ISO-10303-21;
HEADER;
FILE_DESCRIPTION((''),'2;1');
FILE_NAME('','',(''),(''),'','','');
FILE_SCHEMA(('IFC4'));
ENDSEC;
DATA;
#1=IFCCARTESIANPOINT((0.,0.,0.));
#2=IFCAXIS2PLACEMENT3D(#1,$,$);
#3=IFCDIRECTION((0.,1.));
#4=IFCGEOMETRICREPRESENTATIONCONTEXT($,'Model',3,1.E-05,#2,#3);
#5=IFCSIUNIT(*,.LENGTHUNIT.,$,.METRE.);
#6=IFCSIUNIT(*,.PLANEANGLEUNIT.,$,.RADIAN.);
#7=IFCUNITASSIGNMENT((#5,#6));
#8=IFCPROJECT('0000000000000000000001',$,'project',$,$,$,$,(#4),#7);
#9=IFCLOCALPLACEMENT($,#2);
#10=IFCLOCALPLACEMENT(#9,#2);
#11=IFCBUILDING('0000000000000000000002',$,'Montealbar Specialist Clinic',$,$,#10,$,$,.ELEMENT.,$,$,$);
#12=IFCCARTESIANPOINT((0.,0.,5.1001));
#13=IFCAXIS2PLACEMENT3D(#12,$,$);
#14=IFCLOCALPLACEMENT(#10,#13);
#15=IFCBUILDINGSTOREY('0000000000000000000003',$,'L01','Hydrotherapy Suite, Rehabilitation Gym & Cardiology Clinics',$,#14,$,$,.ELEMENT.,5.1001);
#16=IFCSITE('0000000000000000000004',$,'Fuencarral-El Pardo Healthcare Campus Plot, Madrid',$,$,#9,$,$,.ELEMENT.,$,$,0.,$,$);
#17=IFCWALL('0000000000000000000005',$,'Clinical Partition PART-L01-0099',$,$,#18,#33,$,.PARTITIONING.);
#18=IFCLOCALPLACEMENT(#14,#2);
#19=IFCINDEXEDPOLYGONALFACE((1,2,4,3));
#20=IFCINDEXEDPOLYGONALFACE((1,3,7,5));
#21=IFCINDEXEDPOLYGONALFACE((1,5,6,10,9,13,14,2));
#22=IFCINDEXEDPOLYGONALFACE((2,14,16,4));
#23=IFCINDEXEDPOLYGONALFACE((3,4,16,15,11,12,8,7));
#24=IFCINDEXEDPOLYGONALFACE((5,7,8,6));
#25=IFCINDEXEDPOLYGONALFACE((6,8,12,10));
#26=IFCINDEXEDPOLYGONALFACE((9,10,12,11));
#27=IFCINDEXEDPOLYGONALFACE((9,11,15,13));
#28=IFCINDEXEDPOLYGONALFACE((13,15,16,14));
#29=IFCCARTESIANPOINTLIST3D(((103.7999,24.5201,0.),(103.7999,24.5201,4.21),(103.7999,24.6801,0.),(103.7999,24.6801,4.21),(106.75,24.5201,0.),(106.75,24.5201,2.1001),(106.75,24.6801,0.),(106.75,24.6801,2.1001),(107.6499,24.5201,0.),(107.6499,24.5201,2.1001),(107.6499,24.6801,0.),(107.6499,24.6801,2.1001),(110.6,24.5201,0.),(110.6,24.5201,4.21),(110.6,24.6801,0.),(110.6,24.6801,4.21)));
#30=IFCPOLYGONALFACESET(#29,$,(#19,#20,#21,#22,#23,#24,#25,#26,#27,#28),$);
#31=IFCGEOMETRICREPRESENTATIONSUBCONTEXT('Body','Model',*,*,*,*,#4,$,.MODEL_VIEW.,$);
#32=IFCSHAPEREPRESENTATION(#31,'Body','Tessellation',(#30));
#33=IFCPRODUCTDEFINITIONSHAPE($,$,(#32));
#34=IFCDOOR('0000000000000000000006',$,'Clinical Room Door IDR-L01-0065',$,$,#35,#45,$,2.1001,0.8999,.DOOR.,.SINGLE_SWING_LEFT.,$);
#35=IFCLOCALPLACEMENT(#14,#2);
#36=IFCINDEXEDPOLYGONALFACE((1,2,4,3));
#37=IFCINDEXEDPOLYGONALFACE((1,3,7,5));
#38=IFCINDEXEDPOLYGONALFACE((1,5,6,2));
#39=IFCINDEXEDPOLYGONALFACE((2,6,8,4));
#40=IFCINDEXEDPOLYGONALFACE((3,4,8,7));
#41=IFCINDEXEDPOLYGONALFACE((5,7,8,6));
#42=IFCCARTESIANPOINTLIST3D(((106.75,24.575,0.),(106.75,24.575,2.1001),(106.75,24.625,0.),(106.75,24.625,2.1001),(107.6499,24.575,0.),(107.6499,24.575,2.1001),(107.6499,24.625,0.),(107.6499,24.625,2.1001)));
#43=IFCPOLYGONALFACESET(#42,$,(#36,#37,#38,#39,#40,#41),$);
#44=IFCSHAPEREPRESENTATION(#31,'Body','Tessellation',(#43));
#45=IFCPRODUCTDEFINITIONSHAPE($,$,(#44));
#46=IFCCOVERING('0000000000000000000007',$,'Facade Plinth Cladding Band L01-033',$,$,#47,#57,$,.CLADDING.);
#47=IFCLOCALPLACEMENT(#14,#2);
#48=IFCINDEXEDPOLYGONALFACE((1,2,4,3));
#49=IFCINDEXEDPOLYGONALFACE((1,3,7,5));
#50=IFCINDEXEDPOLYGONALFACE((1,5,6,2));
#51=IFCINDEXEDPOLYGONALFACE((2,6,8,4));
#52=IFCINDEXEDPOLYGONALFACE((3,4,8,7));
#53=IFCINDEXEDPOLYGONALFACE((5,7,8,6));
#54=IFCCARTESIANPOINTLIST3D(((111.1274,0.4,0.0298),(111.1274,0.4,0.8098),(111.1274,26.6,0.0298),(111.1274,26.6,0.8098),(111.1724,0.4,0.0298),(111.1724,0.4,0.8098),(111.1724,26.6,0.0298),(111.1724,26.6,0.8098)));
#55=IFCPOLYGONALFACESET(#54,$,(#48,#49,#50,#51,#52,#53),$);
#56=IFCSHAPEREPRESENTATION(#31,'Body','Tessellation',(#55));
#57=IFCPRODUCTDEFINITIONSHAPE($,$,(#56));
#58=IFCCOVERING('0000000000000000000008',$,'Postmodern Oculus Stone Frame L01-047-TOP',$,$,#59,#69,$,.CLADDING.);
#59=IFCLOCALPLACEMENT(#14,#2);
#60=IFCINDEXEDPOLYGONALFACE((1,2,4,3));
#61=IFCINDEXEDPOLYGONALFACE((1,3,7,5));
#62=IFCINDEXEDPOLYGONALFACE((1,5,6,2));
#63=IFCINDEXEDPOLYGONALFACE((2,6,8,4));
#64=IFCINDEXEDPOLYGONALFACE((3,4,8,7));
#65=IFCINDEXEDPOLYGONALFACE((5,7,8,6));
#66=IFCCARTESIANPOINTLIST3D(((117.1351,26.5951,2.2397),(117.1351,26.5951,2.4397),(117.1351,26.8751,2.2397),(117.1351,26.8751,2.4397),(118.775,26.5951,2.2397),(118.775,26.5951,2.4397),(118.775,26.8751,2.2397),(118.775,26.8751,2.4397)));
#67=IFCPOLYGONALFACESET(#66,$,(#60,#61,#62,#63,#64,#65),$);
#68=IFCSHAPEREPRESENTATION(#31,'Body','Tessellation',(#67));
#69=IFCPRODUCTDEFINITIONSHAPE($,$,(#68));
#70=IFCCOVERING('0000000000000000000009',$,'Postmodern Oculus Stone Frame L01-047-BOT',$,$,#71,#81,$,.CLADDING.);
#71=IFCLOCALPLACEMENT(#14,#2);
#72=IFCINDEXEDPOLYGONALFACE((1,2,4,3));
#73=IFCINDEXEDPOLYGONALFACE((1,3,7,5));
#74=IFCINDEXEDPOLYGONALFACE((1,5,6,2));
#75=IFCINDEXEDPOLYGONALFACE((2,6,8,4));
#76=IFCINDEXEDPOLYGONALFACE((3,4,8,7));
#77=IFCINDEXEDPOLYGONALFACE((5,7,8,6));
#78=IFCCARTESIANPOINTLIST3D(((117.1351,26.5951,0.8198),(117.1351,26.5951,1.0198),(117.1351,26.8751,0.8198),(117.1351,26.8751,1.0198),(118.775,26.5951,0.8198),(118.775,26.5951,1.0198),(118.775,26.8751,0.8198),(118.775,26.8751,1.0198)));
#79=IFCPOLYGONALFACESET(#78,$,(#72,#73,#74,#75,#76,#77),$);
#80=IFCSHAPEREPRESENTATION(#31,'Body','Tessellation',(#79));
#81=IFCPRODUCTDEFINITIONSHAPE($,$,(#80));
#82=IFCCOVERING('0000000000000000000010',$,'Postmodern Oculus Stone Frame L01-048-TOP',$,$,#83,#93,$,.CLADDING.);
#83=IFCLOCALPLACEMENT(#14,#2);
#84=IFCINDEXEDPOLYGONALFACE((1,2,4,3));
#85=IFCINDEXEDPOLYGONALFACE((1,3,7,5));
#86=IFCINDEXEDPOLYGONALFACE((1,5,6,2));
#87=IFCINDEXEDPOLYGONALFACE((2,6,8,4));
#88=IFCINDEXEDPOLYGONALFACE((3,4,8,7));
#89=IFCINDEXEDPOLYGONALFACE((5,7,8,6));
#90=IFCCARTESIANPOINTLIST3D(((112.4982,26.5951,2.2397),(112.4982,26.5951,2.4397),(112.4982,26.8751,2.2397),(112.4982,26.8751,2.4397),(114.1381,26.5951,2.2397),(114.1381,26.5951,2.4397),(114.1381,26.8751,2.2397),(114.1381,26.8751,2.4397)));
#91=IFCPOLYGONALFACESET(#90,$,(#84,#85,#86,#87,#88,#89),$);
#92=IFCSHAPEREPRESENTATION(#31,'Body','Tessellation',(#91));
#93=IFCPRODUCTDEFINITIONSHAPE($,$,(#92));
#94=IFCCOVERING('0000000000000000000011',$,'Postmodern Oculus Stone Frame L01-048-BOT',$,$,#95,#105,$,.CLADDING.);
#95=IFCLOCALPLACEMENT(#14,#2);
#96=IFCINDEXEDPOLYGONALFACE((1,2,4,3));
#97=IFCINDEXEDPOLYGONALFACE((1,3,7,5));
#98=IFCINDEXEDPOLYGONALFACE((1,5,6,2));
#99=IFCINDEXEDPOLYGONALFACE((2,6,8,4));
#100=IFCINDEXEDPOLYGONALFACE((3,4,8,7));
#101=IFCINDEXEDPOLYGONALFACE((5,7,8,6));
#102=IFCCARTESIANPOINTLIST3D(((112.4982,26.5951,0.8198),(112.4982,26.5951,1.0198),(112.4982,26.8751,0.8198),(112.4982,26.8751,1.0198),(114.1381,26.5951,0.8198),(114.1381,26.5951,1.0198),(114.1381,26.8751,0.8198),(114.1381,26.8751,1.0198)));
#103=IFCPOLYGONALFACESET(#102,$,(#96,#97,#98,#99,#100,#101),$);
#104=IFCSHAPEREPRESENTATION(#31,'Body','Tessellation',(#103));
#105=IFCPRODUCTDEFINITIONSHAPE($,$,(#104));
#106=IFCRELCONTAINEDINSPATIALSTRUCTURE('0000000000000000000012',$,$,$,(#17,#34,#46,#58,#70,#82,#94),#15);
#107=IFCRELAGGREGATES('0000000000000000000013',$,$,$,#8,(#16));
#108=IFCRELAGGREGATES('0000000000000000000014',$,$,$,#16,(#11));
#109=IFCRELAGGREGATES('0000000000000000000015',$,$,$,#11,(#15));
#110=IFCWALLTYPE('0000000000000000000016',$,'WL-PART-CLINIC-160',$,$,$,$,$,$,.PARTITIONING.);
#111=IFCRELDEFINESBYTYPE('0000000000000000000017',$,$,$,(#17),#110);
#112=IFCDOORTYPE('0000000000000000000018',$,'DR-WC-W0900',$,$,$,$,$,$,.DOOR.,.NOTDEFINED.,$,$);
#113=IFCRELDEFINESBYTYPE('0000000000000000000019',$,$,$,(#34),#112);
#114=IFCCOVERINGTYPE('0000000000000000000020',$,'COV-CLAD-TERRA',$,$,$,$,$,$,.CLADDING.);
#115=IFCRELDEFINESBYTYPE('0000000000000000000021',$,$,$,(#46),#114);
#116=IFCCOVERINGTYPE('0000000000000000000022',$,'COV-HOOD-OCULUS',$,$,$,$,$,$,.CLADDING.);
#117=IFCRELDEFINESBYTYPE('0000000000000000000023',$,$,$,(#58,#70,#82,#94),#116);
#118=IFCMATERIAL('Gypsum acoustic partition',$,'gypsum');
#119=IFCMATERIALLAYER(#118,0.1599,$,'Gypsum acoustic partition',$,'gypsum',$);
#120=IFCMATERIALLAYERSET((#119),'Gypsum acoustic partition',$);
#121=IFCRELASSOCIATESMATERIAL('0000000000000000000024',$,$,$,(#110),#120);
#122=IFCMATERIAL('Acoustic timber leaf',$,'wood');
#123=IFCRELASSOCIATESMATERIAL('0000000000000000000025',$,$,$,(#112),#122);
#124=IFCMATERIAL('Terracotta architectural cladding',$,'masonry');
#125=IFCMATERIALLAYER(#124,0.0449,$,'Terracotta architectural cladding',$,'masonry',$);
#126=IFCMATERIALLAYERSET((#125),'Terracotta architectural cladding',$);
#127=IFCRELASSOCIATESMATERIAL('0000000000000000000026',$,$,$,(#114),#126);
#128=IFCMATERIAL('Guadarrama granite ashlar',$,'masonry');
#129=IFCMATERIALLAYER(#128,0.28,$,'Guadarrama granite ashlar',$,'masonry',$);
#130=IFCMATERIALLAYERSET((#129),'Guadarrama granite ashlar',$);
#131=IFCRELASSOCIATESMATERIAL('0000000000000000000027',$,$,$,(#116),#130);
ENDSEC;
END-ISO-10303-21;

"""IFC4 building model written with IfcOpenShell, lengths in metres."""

from ifc_helpers import new_model, si_unit, direction, frame, frame_2d, origin, origin_2d, place, context, subcontext, project, spatial, rectangle, extrude, material, layer, layer_set, type_object, element, fill, save


model = new_model("IFC4")

# Units and contexts
model_context = context("Model", 3, precision=1e-05, world=origin(), true_north=direction((0.0, 1.0)))
body_context = subcontext(model_context, "Body", "Model", "MODEL_VIEW")
ifc_project = project(units=[si_unit("LENGTHUNIT", "METRE"), si_unit("PLANEANGLEUNIT", "RADIAN")], contexts=[model_context])

# Site, building, storey
site_placement = place(None, origin())
site = spatial("IfcSite", under=ifc_project, at=site_placement, Name="Fuencarral-El Pardo Healthcare Campus Plot, Madrid", CompositionType="ELEMENT", RefElevation=0.0)
building_placement = place(site_placement, origin())
building = spatial("IfcBuilding", under=site, at=building_placement, Name="Montealbar Specialist Clinic", CompositionType="ELEMENT")
storey_placement = place(building_placement, frame((0.0, 0.0, 5.1001)))
storey = spatial("IfcBuildingStorey", under=building, at=storey_placement, Name="L01", Description="Hydrotherapy Suite, Rehabilitation Gym & Cardiology Clinics", CompositionType="ELEMENT", Elevation=5.1001)

# Shared definitions
ifc_material_1 = material(Name="Terracotta architectural cladding", Category="masonry")

# Wall, opening, door
ifc_material_2 = material(Name="Gypsum acoustic partition", Category="gypsum")
ifc_layer_1 = layer(ifc_material_2, 0.1599, Name="Gypsum acoustic partition", Category="gypsum")
ifc_layer_set_1 = layer_set([ifc_layer_1], Name="Gypsum acoustic partition")
wall_type_1 = type_object("IfcWallType", Name="WL-PART-CLINIC-160", PredefinedType="PARTITIONING", material=ifc_layer_set_1)
wall_1_placement = place(storey_placement, frame((103.8, 24.6001, 0.0), z_axis=(0.0, 0.0, 1.0), x_axis=(1.0, 0.0, 0.0)))
wall_1 = element("IfcWall", 1, at=wall_1_placement, inside=storey, type_object=wall_type_1, Name="Clinical Partition PART-L01-0099", PredefinedType="PARTITIONING", context=body_context, shape_type="SweptSolid", body=[
    extrude(rectangle(XDim=6.8, YDim=0.1599, at=frame_2d((3.3999, 0.0))), origin(), (0.0, 0.0, 1.0), 4.21),
])
opening_1_placement = place(wall_1_placement, frame((2.95, 0.0, 0.0)))
opening_1 = element("IfcOpeningElement", 2, at=opening_1_placement, cuts=wall_1, PredefinedType="OPENING", context=body_context, shape_type="SweptSolid", body=[
    extrude(rectangle(XDim=0.8999, YDim=2.1001, at=frame_2d((0.45, 1.05))), frame((0.0, 0.0898, 0.0), z_axis=(0.0, -1.0, 0.0), x_axis=(1.0, 0.0, 0.0)), (0.0, 0.0, 1.0), 0.1799),
])
ifc_material_3 = material(Name="Acoustic timber leaf", Category="wood")
door_type = type_object("IfcDoorType", Name="DR-WC-W0900", OperationType="NOTDEFINED", PredefinedType="DOOR", material=ifc_material_3)
door_placement = place(opening_1_placement, origin())
door = element("IfcDoor", 3, at=door_placement, inside=storey, type_object=door_type, Name="Clinical Room Door IDR-L01-0065", OperationType="SINGLE_SWING_LEFT", OverallHeight=2.1001, OverallWidth=0.8999, PredefinedType="DOOR", context=body_context, shape_type="SweptSolid", body=[
    extrude(rectangle(XDim=0.8999, YDim=2.1001, at=frame_2d((0.45, 1.05))), frame((0.0, 0.0249, 0.0), z_axis=(0.0, -1.0, 0.0), x_axis=(1.0, 0.0, 0.0)), (0.0, 0.0, 1.0), 0.05),
])
fill(opening_1, door)

# Coverings
ifc_layer_2 = layer(ifc_material_1, 0.0449, Name="Terracotta architectural cladding", Category="masonry")
ifc_layer_set_2 = layer_set([ifc_layer_2], Name="Terracotta architectural cladding")
covering_type_1 = type_object("IfcCoveringType", Name="COV-CLAD-TERRA", PredefinedType="CLADDING", material=ifc_layer_set_2)
covering_placement = place(storey_placement, frame((111.1499, 13.5, 0.0298), z_axis=(0.0, 0.0, 1.0), x_axis=(0.0, -1.0, 0.0)))
element("IfcCovering", 4, at=covering_placement, inside=storey, type_object=covering_type_1, Name="Facade Plinth Cladding Band L01-033", PredefinedType="CLADDING", context=body_context, shape_type="SweptSolid", body=[
    extrude(rectangle(XDim=26.2, YDim=0.0449, at=origin_2d()), origin(), (0.0, 0.0, 1.0), 0.78),
])
ifc_material_4 = material(Name="Guadarrama granite ashlar", Category="masonry")
ifc_layer_3 = layer(ifc_material_4, 0.28, Name="Guadarrama granite ashlar", Category="masonry")
ifc_layer_set_3 = layer_set([ifc_layer_3], Name="Guadarrama granite ashlar")
covering_type_2 = type_object("IfcCoveringType", Name="COV-HOOD-OCULUS", PredefinedType="CLADDING", material=ifc_layer_set_3)
for number, where, z_axis, x_axis, name in (
    (5, (117.9551, 26.7351, 2.2397), (0.0, 0.0, 1.0), (-1.0, 0.0, 0.0), "Postmodern Oculus Stone Frame L01-047-TOP"),
    (6, (117.9551, 26.7351, 0.8198), (0.0, 0.0, 1.0), (-1.0, 0.0, 0.0), "Postmodern Oculus Stone Frame L01-047-BOT"),
    (7, (113.3181, 26.7351, 2.2397), (0.0, 0.0, 1.0), (-1.0, 0.0, 0.0), "Postmodern Oculus Stone Frame L01-048-TOP"),
    (8, (113.3181, 26.7351, 0.8198), (0.0, 0.0, 1.0), (-1.0, 0.0, 0.0), "Postmodern Oculus Stone Frame L01-048-BOT"),
):
    element("IfcCovering", number, at=place(storey_placement, frame(where, z_axis=z_axis, x_axis=x_axis)), inside=storey, type_object=covering_type_2, Name=name, PredefinedType="CLADDING", context=body_context, shape_type="SweptSolid", body=[
        extrude(rectangle(XDim=1.6399, YDim=0.28, at=origin_2d()), origin(), (0.0, 0.0, 1.0), 0.2),
    ])

save(model, "model.ifc")
